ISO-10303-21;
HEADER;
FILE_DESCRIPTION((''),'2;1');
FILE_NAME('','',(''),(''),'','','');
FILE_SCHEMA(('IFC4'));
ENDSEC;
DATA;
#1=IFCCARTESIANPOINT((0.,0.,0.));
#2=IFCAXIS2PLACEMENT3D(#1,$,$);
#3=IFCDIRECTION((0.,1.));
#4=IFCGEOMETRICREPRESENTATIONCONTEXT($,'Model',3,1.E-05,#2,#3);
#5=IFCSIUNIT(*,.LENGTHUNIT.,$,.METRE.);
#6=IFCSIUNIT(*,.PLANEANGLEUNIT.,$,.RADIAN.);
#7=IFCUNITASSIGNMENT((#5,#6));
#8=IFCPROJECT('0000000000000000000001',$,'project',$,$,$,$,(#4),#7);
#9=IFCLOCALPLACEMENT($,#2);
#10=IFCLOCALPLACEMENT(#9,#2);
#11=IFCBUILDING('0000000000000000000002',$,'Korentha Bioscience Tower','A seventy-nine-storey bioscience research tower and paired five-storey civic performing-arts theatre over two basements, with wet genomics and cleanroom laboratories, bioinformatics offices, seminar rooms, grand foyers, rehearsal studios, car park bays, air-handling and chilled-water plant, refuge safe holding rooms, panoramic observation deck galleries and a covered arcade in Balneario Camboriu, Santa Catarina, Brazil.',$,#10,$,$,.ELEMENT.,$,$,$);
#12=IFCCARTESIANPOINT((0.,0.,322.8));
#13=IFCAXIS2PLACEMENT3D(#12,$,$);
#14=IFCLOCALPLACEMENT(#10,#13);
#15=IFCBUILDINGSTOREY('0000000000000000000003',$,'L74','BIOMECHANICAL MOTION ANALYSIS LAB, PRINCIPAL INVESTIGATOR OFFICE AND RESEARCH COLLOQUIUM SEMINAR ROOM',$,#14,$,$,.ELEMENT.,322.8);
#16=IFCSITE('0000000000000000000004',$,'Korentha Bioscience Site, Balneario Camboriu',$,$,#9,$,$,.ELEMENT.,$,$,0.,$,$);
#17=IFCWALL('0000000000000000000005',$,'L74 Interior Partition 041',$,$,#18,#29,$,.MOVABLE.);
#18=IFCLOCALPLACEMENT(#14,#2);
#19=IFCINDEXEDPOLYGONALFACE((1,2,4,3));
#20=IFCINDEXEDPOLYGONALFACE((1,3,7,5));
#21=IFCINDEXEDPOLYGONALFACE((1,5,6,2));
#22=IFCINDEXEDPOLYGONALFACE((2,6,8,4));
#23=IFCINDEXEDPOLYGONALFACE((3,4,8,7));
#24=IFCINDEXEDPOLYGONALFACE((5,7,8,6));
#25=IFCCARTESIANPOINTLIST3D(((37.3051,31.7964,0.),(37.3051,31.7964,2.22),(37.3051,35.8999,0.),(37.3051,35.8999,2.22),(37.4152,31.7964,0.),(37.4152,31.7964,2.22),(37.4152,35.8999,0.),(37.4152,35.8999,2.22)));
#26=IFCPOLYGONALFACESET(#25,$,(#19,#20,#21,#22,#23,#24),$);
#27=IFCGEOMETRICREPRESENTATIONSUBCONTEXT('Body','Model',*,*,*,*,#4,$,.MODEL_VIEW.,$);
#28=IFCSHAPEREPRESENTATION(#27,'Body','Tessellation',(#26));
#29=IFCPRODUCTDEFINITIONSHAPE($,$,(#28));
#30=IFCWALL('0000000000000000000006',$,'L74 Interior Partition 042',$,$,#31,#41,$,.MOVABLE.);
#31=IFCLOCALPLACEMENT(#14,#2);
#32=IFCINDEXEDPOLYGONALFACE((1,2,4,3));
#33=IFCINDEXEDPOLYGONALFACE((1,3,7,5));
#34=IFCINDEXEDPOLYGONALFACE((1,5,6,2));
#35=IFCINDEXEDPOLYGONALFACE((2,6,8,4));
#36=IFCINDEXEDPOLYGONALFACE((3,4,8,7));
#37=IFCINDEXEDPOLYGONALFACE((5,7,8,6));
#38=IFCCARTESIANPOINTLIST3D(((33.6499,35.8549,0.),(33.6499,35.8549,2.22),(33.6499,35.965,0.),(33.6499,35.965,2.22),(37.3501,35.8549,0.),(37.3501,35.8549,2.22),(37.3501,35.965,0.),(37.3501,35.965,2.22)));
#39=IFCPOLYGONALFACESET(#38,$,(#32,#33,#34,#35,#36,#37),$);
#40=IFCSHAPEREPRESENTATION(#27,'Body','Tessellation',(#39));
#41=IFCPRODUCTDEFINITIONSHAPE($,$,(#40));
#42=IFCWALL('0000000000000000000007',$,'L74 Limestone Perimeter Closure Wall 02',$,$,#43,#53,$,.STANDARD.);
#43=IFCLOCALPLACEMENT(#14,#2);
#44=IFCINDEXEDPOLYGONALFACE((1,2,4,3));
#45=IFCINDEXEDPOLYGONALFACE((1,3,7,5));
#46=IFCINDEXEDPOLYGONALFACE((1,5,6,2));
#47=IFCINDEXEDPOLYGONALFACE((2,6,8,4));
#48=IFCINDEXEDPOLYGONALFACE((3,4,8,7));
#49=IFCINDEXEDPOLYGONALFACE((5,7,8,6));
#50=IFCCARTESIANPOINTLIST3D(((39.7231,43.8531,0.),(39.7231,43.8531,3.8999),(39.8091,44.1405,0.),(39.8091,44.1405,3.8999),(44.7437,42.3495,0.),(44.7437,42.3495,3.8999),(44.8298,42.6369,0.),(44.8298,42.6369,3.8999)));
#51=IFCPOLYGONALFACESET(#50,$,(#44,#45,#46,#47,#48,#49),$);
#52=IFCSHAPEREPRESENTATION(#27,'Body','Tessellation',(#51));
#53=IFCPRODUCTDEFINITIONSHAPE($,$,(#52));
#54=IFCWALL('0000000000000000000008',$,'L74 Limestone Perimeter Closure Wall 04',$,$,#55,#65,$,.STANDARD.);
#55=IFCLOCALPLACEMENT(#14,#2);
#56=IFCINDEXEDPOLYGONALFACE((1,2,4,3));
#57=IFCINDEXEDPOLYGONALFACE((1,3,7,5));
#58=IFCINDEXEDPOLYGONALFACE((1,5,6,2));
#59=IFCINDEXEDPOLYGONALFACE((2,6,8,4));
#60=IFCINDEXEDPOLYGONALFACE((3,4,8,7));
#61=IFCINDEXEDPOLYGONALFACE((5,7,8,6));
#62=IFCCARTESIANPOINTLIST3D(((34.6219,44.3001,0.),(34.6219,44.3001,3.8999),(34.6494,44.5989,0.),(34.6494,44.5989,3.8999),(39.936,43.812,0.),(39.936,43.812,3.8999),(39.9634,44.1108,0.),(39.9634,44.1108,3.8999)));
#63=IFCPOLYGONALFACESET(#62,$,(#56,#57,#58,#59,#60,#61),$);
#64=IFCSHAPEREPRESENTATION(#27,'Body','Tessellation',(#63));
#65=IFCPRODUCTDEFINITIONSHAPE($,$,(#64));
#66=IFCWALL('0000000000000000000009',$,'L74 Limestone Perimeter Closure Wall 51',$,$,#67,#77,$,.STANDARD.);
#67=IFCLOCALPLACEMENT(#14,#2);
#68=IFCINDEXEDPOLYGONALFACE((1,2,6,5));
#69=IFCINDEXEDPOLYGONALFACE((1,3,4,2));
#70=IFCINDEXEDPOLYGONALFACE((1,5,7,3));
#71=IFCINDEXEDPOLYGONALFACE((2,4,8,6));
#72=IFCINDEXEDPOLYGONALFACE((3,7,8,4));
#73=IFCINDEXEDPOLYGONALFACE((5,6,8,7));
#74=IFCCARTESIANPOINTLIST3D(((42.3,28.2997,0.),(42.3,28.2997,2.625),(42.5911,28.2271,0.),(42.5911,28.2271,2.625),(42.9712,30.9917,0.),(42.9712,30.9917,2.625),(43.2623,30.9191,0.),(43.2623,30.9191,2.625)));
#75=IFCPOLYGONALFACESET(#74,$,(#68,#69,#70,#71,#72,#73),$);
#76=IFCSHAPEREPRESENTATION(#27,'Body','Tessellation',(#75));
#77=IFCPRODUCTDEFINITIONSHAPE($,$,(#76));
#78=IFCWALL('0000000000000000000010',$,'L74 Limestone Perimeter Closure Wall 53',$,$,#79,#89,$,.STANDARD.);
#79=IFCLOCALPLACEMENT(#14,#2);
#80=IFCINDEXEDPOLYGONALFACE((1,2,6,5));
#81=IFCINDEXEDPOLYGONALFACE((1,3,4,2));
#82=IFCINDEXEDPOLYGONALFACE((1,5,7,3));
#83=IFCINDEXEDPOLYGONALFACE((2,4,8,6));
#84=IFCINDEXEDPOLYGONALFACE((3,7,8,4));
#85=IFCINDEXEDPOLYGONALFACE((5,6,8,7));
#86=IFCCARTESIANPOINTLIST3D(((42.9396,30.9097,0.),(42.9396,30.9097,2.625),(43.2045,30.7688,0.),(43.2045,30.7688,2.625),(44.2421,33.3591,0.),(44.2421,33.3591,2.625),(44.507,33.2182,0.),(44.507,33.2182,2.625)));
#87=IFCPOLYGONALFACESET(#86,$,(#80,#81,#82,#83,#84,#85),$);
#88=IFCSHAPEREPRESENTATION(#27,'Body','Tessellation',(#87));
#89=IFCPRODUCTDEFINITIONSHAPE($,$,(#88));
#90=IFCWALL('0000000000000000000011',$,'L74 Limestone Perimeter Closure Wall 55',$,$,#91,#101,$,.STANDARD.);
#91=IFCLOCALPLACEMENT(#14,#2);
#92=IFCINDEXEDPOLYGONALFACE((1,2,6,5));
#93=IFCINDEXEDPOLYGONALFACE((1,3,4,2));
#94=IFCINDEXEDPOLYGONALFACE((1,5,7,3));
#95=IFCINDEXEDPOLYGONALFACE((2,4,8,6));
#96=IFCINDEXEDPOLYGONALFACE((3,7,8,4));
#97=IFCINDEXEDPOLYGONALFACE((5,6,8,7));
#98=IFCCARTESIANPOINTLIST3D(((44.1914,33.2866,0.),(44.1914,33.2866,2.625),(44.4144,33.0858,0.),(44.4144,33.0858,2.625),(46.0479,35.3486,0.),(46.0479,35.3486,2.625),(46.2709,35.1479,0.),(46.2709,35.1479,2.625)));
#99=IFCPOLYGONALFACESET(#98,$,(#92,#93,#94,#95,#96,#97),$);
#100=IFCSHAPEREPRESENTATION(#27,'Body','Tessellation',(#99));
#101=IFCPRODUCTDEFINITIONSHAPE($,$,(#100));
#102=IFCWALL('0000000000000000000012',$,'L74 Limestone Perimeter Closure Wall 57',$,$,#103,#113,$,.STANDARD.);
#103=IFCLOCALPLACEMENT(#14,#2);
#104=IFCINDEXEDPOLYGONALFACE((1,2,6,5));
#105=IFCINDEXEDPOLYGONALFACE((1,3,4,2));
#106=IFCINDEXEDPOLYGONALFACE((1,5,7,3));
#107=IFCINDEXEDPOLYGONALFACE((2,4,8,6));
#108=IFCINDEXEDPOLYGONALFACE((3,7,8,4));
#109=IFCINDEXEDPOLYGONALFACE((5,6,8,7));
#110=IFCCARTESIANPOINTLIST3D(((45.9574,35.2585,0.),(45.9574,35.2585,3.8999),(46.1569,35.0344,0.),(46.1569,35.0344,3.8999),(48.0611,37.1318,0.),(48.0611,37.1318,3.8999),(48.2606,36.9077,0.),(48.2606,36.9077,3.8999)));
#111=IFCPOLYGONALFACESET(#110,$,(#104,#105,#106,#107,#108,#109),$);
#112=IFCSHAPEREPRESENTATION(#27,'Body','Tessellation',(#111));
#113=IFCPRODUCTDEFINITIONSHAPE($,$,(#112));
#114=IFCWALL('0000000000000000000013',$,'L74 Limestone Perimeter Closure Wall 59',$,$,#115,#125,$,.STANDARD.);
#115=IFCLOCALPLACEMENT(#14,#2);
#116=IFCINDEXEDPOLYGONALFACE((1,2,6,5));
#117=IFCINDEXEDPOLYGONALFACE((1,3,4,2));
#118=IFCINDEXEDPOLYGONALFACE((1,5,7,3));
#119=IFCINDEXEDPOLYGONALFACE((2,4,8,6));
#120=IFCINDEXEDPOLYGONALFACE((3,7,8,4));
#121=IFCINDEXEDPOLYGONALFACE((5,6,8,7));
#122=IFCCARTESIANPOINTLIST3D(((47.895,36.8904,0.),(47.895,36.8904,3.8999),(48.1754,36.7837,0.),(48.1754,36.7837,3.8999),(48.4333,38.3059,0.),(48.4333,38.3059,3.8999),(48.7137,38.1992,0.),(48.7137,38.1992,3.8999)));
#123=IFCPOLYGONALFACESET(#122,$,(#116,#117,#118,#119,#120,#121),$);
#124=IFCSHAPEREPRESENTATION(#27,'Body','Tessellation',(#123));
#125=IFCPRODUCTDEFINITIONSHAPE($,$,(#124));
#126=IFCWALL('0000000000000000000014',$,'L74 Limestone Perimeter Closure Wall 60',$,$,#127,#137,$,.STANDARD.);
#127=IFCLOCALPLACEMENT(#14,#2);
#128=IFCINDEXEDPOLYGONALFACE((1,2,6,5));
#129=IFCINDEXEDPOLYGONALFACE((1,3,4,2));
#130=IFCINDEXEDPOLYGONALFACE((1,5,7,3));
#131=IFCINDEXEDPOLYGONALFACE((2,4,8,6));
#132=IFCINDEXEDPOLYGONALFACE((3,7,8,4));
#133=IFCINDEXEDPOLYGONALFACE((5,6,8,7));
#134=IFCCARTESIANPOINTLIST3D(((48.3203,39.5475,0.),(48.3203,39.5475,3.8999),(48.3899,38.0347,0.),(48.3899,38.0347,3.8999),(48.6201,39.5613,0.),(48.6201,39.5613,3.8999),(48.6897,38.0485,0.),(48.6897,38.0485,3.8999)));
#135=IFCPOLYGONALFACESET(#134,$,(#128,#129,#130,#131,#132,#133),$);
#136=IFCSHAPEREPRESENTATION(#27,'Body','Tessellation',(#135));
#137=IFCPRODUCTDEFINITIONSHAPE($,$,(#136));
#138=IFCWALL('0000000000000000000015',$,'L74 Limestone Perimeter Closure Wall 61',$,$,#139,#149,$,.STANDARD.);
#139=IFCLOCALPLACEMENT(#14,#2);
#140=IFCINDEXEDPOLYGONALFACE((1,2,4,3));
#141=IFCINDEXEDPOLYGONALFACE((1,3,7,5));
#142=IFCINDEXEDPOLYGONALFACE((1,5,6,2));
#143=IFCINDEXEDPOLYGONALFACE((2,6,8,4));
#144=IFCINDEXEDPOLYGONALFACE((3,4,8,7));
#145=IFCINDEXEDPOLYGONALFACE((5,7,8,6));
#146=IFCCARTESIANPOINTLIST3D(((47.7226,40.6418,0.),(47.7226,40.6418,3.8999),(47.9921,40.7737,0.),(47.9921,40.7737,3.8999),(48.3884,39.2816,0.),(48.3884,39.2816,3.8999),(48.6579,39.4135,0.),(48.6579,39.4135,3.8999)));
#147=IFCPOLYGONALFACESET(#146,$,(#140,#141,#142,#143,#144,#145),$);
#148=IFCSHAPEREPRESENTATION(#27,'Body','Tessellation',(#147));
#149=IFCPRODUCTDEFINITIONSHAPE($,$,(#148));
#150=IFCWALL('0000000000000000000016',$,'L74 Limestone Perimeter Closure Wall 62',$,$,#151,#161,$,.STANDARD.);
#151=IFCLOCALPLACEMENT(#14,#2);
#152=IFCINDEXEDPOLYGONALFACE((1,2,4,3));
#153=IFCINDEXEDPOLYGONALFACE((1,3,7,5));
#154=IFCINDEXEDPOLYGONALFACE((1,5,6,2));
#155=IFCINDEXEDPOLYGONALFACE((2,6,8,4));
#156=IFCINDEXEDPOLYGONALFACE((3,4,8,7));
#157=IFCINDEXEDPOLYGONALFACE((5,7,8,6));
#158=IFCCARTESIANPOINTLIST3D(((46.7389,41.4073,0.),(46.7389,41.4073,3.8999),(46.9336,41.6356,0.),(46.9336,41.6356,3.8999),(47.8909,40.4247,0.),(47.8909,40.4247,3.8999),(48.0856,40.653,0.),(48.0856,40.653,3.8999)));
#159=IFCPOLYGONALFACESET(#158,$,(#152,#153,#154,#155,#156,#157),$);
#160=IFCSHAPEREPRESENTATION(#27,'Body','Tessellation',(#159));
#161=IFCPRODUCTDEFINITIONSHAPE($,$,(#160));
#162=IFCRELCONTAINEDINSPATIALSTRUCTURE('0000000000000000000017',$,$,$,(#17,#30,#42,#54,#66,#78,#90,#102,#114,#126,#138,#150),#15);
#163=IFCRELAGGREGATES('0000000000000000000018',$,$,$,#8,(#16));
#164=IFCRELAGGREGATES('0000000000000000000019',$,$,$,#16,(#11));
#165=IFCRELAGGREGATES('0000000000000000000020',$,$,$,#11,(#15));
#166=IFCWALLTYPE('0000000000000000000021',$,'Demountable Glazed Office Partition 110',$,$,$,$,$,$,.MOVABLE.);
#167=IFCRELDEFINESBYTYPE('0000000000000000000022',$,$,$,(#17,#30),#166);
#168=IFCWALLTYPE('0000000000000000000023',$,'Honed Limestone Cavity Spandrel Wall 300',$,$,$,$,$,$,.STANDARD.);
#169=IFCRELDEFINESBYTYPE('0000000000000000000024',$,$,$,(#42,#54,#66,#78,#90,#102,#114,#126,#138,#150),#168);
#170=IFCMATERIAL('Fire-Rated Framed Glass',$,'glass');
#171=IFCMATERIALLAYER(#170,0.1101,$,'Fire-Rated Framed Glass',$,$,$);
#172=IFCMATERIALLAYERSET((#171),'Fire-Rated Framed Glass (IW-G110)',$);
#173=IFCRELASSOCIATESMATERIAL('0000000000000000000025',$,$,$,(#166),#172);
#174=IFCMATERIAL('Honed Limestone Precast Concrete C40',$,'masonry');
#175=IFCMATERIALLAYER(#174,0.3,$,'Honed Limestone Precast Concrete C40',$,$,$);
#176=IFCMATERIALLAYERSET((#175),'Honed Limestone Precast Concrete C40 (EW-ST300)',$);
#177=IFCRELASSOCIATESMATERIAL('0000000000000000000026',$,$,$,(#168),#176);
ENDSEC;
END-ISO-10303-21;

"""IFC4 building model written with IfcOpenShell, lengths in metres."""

from ifc_helpers import new_model, si_unit, direction, frame, frame_2d, origin, place, context, subcontext, project, spatial, rectangle, extrude, material, layer, layer_set, type_object, element, save


model = new_model("IFC4")

# Units and contexts
model_context = context("Model", 3, precision=1e-05, world=origin(), true_north=direction((0.0, 1.0)))
body_context = subcontext(model_context, "Body", "Model", "MODEL_VIEW")
ifc_project = project(units=[si_unit("LENGTHUNIT", "METRE"), si_unit("PLANEANGLEUNIT", "RADIAN")], contexts=[model_context])

# Site, building, storey
site_placement = place(None, origin())
site = spatial("IfcSite", under=ifc_project, at=site_placement, Name="Korentha Bioscience Site, Balneario Camboriu", CompositionType="ELEMENT", RefElevation=0.0)
building_placement = place(site_placement, origin())
building = spatial("IfcBuilding", under=site, at=building_placement, Name="Korentha Bioscience Tower", Description="A seventy-nine-storey bioscience research tower and paired five-storey civic performing-arts theatre over two basements, with wet genomics and cleanroom laboratories, bioinformatics offices, seminar rooms, grand foyers, rehearsal studios, car park bays, air-handling and chilled-water plant, refuge safe holding rooms, panoramic observation deck galleries and a covered arcade in Balneario Camboriu, Santa Catarina, Brazil.", CompositionType="ELEMENT")
storey_placement = place(building_placement, frame((0.0, 0.0, 322.8)))
storey = spatial("IfcBuildingStorey", under=building, at=storey_placement, Name="L74", Description="BIOMECHANICAL MOTION ANALYSIS LAB, PRINCIPAL INVESTIGATOR OFFICE AND RESEARCH COLLOQUIUM SEMINAR ROOM", CompositionType="ELEMENT", Elevation=322.8)

# Walls
ifc_material_1 = material(Name="Fire-Rated Framed Glass", Category="glass")
ifc_layer_1 = layer(ifc_material_1, 0.1101, Name="Fire-Rated Framed Glass")
ifc_layer_set_1 = layer_set([ifc_layer_1], Name="Fire-Rated Framed Glass (IW-G110)")
wall_type_1 = type_object("IfcWallType", Name="Demountable Glazed Office Partition 110", PredefinedType="MOVABLE", material=ifc_layer_set_1)
wall_1_placement = place(storey_placement, frame((37.3601, 31.7964, 0.0), z_axis=(0.0, 0.0, 1.0), x_axis=(0.0, 1.0, 0.0)))
element("IfcWall", 1, at=wall_1_placement, inside=storey, type_object=wall_type_1, Name="L74 Interior Partition 041", PredefinedType="MOVABLE", context=body_context, shape_type="SweptSolid", body=[
    extrude(rectangle(XDim=4.1035, YDim=0.1101, at=frame_2d((2.0518, 0.0))), origin(), (0.0, 0.0, 1.0), 2.22),
])
wall_2_placement = place(storey_placement, frame((37.3501, 35.9099, 0.0), z_axis=(0.0, 0.0, 1.0), x_axis=(-1.0, 0.0, 0.0)))
element("IfcWall", 2, at=wall_2_placement, inside=storey, type_object=wall_type_1, Name="L74 Interior Partition 042", PredefinedType="MOVABLE", context=body_context, shape_type="SweptSolid", body=[
    extrude(rectangle(XDim=3.7002, YDim=0.1101, at=frame_2d((1.8501, 0.0))), origin(), (0.0, 0.0, 1.0), 2.22),
])
ifc_material_2 = material(Name="Honed Limestone Precast Concrete C40", Category="masonry")
ifc_layer_2 = layer(ifc_material_2, 0.3, Name="Honed Limestone Precast Concrete C40")
ifc_layer_set_2 = layer_set([ifc_layer_2], Name="Honed Limestone Precast Concrete C40 (EW-ST300)")
wall_type_2 = type_object("IfcWallType", Name="Honed Limestone Cavity Spandrel Wall 300", PredefinedType="STANDARD", material=ifc_layer_set_2)
wall_3_placement = place(storey_placement, frame((44.7869, 42.4932, 0.0), z_axis=(0.0, 0.0, 1.0), x_axis=(-0.957961, 0.286899, 0.0)))
element("IfcWall", 3, at=wall_3_placement, inside=storey, type_object=wall_type_2, Name="L74 Limestone Perimeter Closure Wall 02", PredefinedType="STANDARD", context=body_context, shape_type="SweptSolid", body=[
    extrude(rectangle(XDim=5.241, YDim=0.3, at=frame_2d((2.6206, 0.0))), origin(), (0.0, 0.0, 1.0), 3.8999),
])
wall_4_placement = place(storey_placement, frame((39.9497, 43.9614, 0.0), z_axis=(0.0, 0.0, 1.0), x_axis=(-0.995809, 0.091456, 0.0)))
element("IfcWall", 4, at=wall_4_placement, inside=storey, type_object=wall_type_2, Name="L74 Limestone Perimeter Closure Wall 04", PredefinedType="STANDARD", context=body_context, shape_type="SweptSolid", body=[
    extrude(rectangle(XDim=5.3364, YDim=0.3, at=frame_2d((2.6682, 0.0))), origin(), (0.0, 0.0, 1.0), 3.8999),
])
wall_5_placement = place(storey_placement, frame((42.4456, 28.2634, 0.0), z_axis=(0.0, 0.0, 1.0), x_axis=(0.241914, 0.970298, 0.0)))
element("IfcWall", 5, at=wall_5_placement, inside=storey, type_object=wall_type_2, Name="L74 Limestone Perimeter Closure Wall 51", PredefinedType="STANDARD", context=body_context, shape_type="SweptSolid", body=[
    extrude(rectangle(XDim=2.7744, YDim=0.3, at=frame_2d((1.3872, 0.0))), origin(), (0.0, 0.0, 1.0), 2.625),
])
wall_6_placement = place(storey_placement, frame((43.072, 30.8391, 0.0), z_axis=(0.0, 0.0, 1.0), x_axis=(0.469496, 0.882934, 0.0)))
element("IfcWall", 6, at=wall_6_placement, inside=storey, type_object=wall_type_2, Name="L74 Limestone Perimeter Closure Wall 53", PredefinedType="STANDARD", context=body_context, shape_type="SweptSolid", body=[
    extrude(rectangle(XDim=2.7742, YDim=0.3, at=frame_2d((1.3872, 0.0))), origin(), (0.0, 0.0, 1.0), 2.625),
])
wall_7_placement = place(storey_placement, frame((44.303, 33.1863, 0.0), z_axis=(0.0, 0.0, 1.0), x_axis=(0.669091, 0.74318, 0.0)))
element("IfcWall", 7, at=wall_7_placement, inside=storey, type_object=wall_type_2, Name="L74 Limestone Perimeter Closure Wall 55", PredefinedType="STANDARD", context=body_context, shape_type="SweptSolid", body=[
    extrude(rectangle(XDim=2.7747, YDim=0.3, at=frame_2d((1.3872, 0.0))), origin(), (0.0, 0.0, 1.0), 2.625),
])
wall_8_placement = place(storey_placement, frame((46.0571, 35.1465, 0.0), z_axis=(0.0, 0.0, 1.0), x_axis=(0.74683, 0.665015, 0.0)))
element("IfcWall", 8, at=wall_8_placement, inside=storey, type_object=wall_type_2, Name="L74 Limestone Perimeter Closure Wall 57", PredefinedType="STANDARD", context=body_context, shape_type="SweptSolid", body=[
    extrude(rectangle(XDim=2.8169, YDim=0.3, at=frame_2d((1.4084, 0.0))), origin(), (0.0, 0.0, 1.0), 3.8999),
])
for number, where, z_axis, x_axis, name in (
    (9, (48.0352, 36.8369, 0.0), (0.0, 0.0, 1.0), (0.355466, 0.934689, 0.0), "L74 Limestone Perimeter Closure Wall 59"),
    (10, (48.5398, 38.0415, 0.0), (0.0, 0.0, 1.0), (-0.045949, 0.998944, 0.0), "L74 Limestone Perimeter Closure Wall 60"),
    (11, (48.5232, 39.3474, 0.0), (0.0, 0.0, 1.0), (-0.439652, 0.898168, 0.0), "L74 Limestone Perimeter Closure Wall 61"),
):
    element("IfcWall", number, at=place(storey_placement, frame(where, z_axis=z_axis, x_axis=x_axis)), inside=storey, type_object=wall_type_2, Name=name, PredefinedType="STANDARD", context=body_context, shape_type="SweptSolid", body=[
        extrude(rectangle(XDim=1.5144, YDim=0.3, at=frame_2d((0.7573, 0.0))), origin(), (0.0, 0.0, 1.0), 3.8999),
    ])
wall_9_placement = place(storey_placement, frame((47.9883, 40.5388, 0.0), z_axis=(0.0, 0.0, 1.0), x_axis=(-0.760836, 0.648944, 0.0)))
element("IfcWall", 12, at=wall_9_placement, inside=storey, type_object=wall_type_2, Name="L74 Limestone Perimeter Closure Wall 62", PredefinedType="STANDARD", context=body_context, shape_type="SweptSolid", body=[
    extrude(rectangle(XDim=1.5142, YDim=0.3, at=frame_2d((0.7571, 0.0))), origin(), (0.0, 0.0, 1.0), 3.8999),
])

save(model, "model.ifc")
